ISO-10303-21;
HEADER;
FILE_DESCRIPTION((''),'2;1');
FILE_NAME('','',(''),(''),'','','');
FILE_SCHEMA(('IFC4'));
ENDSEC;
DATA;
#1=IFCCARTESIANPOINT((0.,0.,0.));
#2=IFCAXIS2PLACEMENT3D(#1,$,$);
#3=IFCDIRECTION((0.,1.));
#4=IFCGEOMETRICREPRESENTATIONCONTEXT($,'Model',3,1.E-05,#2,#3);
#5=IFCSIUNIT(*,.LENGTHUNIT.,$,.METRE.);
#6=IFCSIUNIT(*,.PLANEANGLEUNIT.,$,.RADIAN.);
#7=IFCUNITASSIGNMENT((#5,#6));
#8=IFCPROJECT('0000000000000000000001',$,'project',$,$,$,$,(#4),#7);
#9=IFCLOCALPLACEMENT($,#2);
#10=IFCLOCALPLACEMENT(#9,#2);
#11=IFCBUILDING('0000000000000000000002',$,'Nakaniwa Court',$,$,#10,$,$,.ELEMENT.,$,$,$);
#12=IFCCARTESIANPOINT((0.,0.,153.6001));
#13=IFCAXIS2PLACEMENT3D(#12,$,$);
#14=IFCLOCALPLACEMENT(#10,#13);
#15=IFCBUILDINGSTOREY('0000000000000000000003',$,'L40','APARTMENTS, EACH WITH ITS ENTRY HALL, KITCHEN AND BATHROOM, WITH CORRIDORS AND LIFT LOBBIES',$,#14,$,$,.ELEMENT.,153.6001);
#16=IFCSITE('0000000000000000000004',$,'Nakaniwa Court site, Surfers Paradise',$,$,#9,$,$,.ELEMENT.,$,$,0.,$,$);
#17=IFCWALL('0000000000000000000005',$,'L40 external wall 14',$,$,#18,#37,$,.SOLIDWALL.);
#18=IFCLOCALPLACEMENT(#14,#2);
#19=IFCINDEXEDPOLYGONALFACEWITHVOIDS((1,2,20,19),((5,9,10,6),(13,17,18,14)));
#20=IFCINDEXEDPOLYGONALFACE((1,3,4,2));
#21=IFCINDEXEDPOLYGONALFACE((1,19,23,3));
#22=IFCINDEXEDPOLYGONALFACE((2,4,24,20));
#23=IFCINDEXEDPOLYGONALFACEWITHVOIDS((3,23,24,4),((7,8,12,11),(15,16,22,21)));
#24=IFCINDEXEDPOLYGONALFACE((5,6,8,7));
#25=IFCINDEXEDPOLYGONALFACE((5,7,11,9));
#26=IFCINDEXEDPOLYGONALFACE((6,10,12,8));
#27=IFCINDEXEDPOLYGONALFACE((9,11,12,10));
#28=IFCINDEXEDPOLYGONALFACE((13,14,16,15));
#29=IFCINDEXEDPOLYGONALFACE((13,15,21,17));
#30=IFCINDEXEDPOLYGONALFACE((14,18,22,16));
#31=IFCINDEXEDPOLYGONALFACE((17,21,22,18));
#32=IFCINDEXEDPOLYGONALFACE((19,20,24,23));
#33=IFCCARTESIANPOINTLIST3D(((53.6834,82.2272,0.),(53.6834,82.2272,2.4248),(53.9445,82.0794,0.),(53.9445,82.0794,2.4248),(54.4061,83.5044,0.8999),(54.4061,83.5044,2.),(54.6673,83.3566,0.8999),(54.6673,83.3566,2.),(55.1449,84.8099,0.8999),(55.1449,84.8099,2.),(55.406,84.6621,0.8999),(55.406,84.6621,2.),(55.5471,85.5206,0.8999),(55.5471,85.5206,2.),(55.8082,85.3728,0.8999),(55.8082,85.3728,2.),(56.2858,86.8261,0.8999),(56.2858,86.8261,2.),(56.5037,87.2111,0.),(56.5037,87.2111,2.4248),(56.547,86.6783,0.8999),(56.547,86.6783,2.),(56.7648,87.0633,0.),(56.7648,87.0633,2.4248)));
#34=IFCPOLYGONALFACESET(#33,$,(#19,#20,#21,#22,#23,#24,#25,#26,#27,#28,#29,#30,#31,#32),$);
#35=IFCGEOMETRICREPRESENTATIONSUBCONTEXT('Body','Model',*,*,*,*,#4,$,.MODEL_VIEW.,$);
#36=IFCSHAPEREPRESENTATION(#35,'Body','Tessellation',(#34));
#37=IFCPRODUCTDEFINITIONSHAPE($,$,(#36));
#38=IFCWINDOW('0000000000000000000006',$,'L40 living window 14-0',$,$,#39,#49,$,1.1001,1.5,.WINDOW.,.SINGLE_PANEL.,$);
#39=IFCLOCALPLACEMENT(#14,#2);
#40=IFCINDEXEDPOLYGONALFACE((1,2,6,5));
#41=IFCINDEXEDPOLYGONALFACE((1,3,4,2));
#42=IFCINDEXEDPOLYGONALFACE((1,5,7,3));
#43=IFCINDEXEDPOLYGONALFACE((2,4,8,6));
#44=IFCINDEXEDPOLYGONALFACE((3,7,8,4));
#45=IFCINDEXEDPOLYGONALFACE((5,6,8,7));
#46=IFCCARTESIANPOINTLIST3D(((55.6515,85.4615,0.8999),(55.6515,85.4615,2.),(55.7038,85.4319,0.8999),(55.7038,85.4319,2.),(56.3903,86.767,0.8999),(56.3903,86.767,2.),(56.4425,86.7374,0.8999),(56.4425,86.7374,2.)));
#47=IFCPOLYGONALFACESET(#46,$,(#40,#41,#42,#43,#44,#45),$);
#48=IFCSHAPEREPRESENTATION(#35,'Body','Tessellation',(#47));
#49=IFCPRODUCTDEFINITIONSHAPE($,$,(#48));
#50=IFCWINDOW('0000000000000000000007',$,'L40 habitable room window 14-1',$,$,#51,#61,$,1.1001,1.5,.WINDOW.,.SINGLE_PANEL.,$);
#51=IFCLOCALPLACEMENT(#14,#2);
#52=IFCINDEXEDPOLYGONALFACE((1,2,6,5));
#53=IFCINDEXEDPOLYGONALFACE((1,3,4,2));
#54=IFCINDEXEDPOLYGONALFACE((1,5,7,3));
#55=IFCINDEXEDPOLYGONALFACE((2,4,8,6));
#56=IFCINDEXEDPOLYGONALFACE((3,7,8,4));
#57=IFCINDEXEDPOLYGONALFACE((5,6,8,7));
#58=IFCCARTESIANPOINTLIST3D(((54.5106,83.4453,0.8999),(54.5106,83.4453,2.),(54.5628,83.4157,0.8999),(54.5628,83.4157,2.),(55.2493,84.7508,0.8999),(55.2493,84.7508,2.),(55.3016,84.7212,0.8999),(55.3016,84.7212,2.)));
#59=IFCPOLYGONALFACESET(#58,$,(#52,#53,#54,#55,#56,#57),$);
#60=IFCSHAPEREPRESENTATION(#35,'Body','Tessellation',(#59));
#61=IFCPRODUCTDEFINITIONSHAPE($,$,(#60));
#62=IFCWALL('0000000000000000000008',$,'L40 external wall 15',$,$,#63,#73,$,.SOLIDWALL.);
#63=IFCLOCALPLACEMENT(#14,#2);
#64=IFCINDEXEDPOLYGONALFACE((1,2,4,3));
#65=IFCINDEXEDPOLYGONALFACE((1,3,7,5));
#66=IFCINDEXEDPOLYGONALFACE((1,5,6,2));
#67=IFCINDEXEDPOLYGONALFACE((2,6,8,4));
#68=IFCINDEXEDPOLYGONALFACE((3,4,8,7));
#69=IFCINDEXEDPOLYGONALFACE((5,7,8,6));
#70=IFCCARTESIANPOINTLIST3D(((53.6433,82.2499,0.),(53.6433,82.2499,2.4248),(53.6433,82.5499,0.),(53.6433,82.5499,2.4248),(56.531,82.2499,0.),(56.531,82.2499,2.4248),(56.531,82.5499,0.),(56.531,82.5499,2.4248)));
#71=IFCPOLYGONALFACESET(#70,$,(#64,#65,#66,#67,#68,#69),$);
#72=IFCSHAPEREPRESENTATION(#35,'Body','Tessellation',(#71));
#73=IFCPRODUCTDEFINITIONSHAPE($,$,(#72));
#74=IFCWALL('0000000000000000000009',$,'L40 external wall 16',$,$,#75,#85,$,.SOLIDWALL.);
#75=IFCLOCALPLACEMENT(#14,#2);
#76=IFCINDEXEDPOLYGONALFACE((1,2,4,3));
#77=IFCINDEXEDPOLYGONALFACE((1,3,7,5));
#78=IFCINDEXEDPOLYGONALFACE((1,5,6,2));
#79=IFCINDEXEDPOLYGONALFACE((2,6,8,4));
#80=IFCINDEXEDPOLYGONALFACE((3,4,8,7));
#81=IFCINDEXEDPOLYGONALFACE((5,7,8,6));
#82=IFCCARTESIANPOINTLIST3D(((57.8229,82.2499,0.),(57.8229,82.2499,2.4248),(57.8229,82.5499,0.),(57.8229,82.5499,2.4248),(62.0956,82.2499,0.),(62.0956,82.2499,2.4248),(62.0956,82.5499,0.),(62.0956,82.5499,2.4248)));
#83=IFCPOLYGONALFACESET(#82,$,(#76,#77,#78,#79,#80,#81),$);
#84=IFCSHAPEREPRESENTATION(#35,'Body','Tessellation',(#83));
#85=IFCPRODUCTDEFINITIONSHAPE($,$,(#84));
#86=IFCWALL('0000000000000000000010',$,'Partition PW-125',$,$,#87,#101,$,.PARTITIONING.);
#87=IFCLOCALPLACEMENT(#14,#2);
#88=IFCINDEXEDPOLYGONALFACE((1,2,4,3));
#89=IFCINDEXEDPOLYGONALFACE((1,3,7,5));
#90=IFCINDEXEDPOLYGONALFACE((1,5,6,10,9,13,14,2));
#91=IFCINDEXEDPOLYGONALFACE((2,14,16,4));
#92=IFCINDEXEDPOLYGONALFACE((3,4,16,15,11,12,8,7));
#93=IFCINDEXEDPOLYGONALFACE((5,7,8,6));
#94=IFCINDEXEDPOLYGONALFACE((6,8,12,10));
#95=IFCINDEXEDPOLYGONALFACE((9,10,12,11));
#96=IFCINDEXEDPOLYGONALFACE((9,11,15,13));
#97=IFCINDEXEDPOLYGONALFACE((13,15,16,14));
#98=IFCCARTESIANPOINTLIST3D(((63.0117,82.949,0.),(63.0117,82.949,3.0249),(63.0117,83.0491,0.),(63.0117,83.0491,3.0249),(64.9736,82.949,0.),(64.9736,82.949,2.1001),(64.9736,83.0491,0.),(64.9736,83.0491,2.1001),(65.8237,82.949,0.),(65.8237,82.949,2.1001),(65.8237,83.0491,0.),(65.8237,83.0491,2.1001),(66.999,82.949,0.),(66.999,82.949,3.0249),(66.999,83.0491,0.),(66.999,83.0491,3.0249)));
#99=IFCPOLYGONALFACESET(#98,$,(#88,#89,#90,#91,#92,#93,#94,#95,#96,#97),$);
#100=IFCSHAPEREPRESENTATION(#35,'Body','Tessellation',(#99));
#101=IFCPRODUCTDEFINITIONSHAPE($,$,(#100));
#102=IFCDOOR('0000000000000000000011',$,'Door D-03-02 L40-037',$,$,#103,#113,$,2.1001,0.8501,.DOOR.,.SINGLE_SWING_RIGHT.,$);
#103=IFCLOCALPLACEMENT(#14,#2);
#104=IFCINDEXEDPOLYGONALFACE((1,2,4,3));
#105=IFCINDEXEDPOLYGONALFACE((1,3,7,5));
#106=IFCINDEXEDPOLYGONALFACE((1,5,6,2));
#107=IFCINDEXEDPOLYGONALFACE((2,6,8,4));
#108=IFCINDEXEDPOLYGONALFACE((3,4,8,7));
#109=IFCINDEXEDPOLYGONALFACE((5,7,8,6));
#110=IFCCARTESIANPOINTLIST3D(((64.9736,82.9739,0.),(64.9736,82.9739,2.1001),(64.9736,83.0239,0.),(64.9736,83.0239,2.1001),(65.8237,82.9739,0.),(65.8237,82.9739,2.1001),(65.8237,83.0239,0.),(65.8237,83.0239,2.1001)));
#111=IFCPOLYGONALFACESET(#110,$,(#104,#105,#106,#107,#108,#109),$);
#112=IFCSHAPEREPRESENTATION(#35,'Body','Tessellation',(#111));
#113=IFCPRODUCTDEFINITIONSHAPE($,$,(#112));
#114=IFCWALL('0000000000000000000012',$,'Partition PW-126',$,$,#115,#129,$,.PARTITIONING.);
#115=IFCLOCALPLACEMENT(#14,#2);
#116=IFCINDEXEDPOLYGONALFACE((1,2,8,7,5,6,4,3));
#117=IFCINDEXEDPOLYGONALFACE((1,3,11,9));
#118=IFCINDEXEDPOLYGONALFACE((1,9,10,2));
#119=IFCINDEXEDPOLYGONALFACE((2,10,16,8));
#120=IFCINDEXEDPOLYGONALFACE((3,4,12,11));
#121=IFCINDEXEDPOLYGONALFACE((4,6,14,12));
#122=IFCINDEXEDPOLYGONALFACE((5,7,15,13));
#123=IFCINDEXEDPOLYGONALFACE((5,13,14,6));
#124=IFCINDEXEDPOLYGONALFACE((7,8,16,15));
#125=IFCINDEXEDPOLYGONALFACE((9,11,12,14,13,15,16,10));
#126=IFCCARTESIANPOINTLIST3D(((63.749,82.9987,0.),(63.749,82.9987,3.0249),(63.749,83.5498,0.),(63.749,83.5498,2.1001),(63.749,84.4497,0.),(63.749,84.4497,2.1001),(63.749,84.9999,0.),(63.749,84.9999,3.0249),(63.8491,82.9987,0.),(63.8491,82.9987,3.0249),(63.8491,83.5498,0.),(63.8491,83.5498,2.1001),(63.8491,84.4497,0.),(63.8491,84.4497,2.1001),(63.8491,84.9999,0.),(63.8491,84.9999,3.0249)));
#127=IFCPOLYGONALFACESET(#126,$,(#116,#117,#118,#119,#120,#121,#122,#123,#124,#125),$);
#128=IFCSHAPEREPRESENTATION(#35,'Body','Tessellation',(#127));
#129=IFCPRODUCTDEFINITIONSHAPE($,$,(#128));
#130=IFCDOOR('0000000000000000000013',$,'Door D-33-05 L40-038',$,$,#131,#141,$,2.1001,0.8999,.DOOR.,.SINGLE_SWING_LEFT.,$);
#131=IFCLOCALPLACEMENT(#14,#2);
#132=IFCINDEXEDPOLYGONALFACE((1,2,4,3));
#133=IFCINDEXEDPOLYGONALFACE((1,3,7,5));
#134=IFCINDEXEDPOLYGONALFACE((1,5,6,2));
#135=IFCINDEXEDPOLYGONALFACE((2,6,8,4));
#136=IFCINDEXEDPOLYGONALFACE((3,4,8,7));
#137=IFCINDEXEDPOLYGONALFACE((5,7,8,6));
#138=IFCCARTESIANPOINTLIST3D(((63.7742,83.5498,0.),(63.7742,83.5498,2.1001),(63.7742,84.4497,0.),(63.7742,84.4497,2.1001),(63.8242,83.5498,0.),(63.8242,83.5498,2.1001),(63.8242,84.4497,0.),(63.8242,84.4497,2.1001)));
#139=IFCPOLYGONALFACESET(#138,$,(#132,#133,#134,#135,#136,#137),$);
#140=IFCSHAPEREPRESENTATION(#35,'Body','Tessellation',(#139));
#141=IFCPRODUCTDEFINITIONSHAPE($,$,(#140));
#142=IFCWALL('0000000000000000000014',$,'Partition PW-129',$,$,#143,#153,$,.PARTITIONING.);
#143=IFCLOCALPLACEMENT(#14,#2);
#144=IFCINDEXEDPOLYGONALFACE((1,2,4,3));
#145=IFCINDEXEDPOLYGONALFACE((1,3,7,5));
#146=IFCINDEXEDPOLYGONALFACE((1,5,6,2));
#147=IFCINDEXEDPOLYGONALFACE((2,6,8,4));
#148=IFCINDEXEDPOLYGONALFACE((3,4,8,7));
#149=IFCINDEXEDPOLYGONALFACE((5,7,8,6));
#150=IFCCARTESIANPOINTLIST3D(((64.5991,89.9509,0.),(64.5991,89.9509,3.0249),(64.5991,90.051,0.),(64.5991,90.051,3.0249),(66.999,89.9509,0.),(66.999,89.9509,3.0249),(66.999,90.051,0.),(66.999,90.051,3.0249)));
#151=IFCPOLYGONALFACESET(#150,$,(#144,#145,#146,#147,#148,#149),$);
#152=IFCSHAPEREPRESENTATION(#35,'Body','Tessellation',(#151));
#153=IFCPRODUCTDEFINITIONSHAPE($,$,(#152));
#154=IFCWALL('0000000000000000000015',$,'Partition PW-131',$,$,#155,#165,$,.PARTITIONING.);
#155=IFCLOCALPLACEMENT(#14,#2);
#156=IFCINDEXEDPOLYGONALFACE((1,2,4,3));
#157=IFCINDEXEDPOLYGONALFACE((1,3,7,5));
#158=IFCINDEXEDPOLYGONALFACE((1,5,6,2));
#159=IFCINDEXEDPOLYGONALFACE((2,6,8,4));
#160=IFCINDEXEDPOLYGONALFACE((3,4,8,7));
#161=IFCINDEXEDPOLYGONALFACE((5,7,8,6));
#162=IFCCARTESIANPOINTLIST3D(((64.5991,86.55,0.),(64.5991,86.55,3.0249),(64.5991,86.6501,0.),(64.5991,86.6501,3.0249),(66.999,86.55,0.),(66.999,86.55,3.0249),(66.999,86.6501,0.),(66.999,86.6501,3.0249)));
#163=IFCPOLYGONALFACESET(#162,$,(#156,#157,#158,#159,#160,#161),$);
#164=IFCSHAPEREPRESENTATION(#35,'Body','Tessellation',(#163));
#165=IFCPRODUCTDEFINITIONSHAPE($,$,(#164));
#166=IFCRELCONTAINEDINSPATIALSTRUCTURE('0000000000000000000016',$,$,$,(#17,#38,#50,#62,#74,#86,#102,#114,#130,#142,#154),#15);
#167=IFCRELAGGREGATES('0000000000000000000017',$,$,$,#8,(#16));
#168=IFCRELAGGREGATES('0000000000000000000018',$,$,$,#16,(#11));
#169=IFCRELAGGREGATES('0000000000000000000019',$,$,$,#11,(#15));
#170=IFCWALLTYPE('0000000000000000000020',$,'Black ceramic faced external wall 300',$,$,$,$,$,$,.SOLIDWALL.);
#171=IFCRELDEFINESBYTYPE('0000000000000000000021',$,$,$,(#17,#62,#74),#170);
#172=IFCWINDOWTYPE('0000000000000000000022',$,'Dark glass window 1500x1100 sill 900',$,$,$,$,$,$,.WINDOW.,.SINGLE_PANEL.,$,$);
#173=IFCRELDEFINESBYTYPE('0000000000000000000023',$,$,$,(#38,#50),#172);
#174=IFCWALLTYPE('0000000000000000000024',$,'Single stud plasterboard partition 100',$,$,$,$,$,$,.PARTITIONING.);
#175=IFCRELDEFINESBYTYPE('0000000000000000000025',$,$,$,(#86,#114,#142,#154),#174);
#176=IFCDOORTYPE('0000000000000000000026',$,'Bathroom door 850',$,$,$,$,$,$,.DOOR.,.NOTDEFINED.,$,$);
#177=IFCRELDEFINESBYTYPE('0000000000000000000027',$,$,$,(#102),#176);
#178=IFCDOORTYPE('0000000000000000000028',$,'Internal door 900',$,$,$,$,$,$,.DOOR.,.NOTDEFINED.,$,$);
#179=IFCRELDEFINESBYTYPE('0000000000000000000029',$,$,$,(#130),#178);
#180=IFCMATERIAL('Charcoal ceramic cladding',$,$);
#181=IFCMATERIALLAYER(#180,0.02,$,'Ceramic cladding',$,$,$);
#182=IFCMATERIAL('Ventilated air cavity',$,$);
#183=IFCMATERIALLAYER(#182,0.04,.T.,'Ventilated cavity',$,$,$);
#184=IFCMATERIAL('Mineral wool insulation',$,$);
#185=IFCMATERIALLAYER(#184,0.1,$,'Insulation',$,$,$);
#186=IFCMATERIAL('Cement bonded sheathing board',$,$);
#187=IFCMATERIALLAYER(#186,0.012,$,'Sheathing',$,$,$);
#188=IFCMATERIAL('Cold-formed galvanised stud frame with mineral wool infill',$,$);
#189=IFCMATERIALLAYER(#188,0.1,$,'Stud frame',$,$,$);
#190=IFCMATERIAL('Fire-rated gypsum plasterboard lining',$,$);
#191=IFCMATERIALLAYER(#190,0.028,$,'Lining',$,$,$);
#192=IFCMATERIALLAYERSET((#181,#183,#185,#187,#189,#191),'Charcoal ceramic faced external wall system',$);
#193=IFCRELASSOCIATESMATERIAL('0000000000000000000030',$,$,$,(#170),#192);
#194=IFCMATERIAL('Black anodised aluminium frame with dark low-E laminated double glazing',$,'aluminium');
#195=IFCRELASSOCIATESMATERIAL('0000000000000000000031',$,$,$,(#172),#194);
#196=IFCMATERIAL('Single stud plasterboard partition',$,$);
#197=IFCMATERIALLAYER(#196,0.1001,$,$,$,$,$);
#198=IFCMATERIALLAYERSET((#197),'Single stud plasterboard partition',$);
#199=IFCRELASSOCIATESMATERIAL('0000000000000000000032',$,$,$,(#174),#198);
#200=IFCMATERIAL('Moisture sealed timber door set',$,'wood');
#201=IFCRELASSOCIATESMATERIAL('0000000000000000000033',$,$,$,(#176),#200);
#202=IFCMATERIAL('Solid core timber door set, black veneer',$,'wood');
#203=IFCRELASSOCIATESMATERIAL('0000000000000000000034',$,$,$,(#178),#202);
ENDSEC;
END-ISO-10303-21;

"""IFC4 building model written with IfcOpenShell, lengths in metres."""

from ifc_helpers import new_model, si_unit, direction, frame, frame_2d, origin, place, context, subcontext, project, spatial, rectangle, extrude, material, layer, layer_set, type_object, element, fill, save


model = new_model("IFC4")

# Units and contexts
model_context = context("Model", 3, precision=1e-05, world=origin(), true_north=direction((0.0, 1.0)))
body_context = subcontext(model_context, "Body", "Model", "MODEL_VIEW")
ifc_project = project(units=[si_unit("LENGTHUNIT", "METRE"), si_unit("PLANEANGLEUNIT", "RADIAN")], contexts=[model_context])

# Site, building, storey
site_placement = place(None, origin())
site = spatial("IfcSite", under=ifc_project, at=site_placement, Name="Nakaniwa Court site, Surfers Paradise", CompositionType="ELEMENT", RefElevation=0.0)
building_placement = place(site_placement, origin())
building = spatial("IfcBuilding", under=site, at=building_placement, Name="Nakaniwa Court", CompositionType="ELEMENT")
storey_placement = place(building_placement, frame((0.0, 0.0, 153.6001)))
storey = spatial("IfcBuildingStorey", under=building, at=storey_placement, Name="L40", Description="APARTMENTS, EACH WITH ITS ENTRY HALL, KITCHEN AND BATHROOM, WITH CORRIDORS AND LIFT LOBBIES", CompositionType="ELEMENT", Elevation=153.6001)

# Shared definitions
ifc_material_1 = material(Name="Solid core timber door set, black veneer", Category="wood")

# Shared definitions
ifc_material_2 = material(Name="Charcoal ceramic cladding")
ifc_layer_1 = layer(ifc_material_2, 0.02, Name="Ceramic cladding")
ifc_material_3 = material(Name="Ventilated air cavity")
ifc_layer_2 = layer(ifc_material_3, 0.04, ventilated=True, Name="Ventilated cavity")
ifc_material_4 = material(Name="Mineral wool insulation")
ifc_layer_3 = layer(ifc_material_4, 0.1, Name="Insulation")
ifc_material_5 = material(Name="Cement bonded sheathing board")
ifc_layer_4 = layer(ifc_material_5, 0.012, Name="Sheathing")
ifc_material_6 = material(Name="Cold-formed galvanised stud frame with mineral wool infill")
ifc_layer_5 = layer(ifc_material_6, 0.1, Name="Stud frame")
ifc_material_7 = material(Name="Fire-rated gypsum plasterboard lining")
ifc_layer_6 = layer(ifc_material_7, 0.028, Name="Lining")
ifc_layer_set_1 = layer_set([ifc_layer_1, ifc_layer_2, ifc_layer_3, ifc_layer_4, ifc_layer_5, ifc_layer_6], Name="Charcoal ceramic faced external wall system")
wall_type_1 = type_object("IfcWallType", Name="Black ceramic faced external wall 300", PredefinedType="SOLIDWALL", material=ifc_layer_set_1)

# Wall, openings, windows
wall_1_placement = place(storey_placement, frame((56.6343, 87.1372, 0.0), z_axis=(0.0, 0.0, 1.0), x_axis=(-0.492498, -0.870313, 0.0)))
wall_1 = element("IfcWall", 1, at=wall_1_placement, inside=storey, type_object=wall_type_1, Name="L40 external wall 14", PredefinedType="SOLIDWALL", context=body_context, shape_type="SweptSolid", body=[
    extrude(rectangle(XDim=5.7266, YDim=0.3, at=frame_2d((2.8633, 0.0))), origin(), (0.0, 0.0, 1.0), 2.4248),
])
opening_1_placement = place(wall_1_placement, frame((0.4424, 0.0, 0.8999)))
opening_1 = element("IfcOpeningElement", 2, at=opening_1_placement, cuts=wall_1, PredefinedType="OPENING", context=body_context, shape_type="SweptSolid", body=[
    extrude(rectangle(XDim=1.5, YDim=1.1001, at=frame_2d((0.75, 0.55))), frame((0.0, 0.1599, 0.0), z_axis=(0.0, -1.0, 0.0), x_axis=(1.0, 0.0, 0.0)), (0.0, 0.0, 1.0), 0.3201),
])
opening_2_placement = place(wall_1_placement, frame((2.759, 0.0, 0.8999)))
opening_2 = element("IfcOpeningElement", 3, at=opening_2_placement, cuts=wall_1, PredefinedType="OPENING", context=body_context, shape_type="SweptSolid", body=[
    extrude(rectangle(XDim=1.5, YDim=1.1001, at=frame_2d((0.75, 0.55))), frame((0.0, 0.1599, 0.0), z_axis=(0.0, -1.0, 0.0), x_axis=(1.0, 0.0, 0.0)), (0.0, 0.0, 1.0), 0.3201),
])
ifc_material_8 = material(Name="Black anodised aluminium frame with dark low-E laminated double glazing", Category="aluminium")
window_type = type_object("IfcWindowType", Name="Dark glass window 1500x1100 sill 900", PartitioningType="SINGLE_PANEL", PredefinedType="WINDOW", material=ifc_material_8)
window_1_placement = place(opening_1_placement, origin())
window_1 = element("IfcWindow", 4, at=window_1_placement, inside=storey, type_object=window_type, Name="L40 living window 14-0", OverallHeight=1.1001, OverallWidth=1.5, PartitioningType="SINGLE_PANEL", PredefinedType="WINDOW", context=body_context, shape_type="SweptSolid", body=[
    extrude(rectangle(XDim=1.5, YDim=1.1001, at=frame_2d((0.75, 0.55))), frame((0.0, 0.03, 0.0), z_axis=(0.0, -1.0, 0.0), x_axis=(1.0, 0.0, 0.0)), (0.0, 0.0, 1.0), 0.0601),
])
fill(opening_1, window_1)
window_2_placement = place(opening_2_placement, origin())
window_2 = element("IfcWindow", 5, at=window_2_placement, inside=storey, type_object=window_type, Name="L40 habitable room window 14-1", OverallHeight=1.1001, OverallWidth=1.5, PartitioningType="SINGLE_PANEL", PredefinedType="WINDOW", context=body_context, shape_type="SweptSolid", body=[
    extrude(rectangle(XDim=1.5, YDim=1.1001, at=frame_2d((0.75, 0.55))), frame((0.0, 0.03, 0.0), z_axis=(0.0, -1.0, 0.0), x_axis=(1.0, 0.0, 0.0)), (0.0, 0.0, 1.0), 0.0601),
])
fill(opening_2, window_2)

# Walls
wall_2_placement = place(storey_placement, frame((53.6433, 82.3999, 0.0), z_axis=(0.0, 0.0, 1.0), x_axis=(1.0, 0.0, 0.0)))
element("IfcWall", 6, at=wall_2_placement, inside=storey, type_object=wall_type_1, Name="L40 external wall 15", PredefinedType="SOLIDWALL", context=body_context, shape_type="SweptSolid", body=[
    extrude(rectangle(XDim=2.8877, YDim=0.3, at=frame_2d((1.4438, 0.0))), origin(), (0.0, 0.0, 1.0), 2.4248),
])
wall_3_placement = place(storey_placement, frame((57.823, 82.3999, 0.0), z_axis=(0.0, 0.0, 1.0), x_axis=(1.0, 0.0, 0.0)))
element("IfcWall", 7, at=wall_3_placement, inside=storey, type_object=wall_type_1, Name="L40 external wall 16", PredefinedType="SOLIDWALL", context=body_context, shape_type="SweptSolid", body=[
    extrude(rectangle(XDim=4.2727, YDim=0.3, at=frame_2d((2.1362, 0.0))), origin(), (0.0, 0.0, 1.0), 2.4248),
])

# Walls, openings, doors
ifc_material_9 = material(Name="Single stud plasterboard partition")
ifc_layer_7 = layer(ifc_material_9, 0.1001)
ifc_layer_set_2 = layer_set([ifc_layer_7], Name="Single stud plasterboard partition")
wall_type_2 = type_object("IfcWallType", Name="Single stud plasterboard partition 100", PredefinedType="PARTITIONING", material=ifc_layer_set_2)
wall_4_placement = place(storey_placement, frame((63.0117, 82.999, 0.0), z_axis=(0.0, 0.0, 1.0), x_axis=(1.0, 0.0, 0.0)))
wall_4 = element("IfcWall", 8, at=wall_4_placement, inside=storey, type_object=wall_type_2, Name="Partition PW-125", PredefinedType="PARTITIONING", context=body_context, shape_type="SweptSolid", body=[
    extrude(rectangle(XDim=3.9873, YDim=0.1001, at=frame_2d((1.9937, 0.0))), origin(), (0.0, 0.0, 1.0), 3.0249),
])
opening_3_placement = place(wall_4_placement, frame((1.9619, 0.0, 0.0)))
opening_3 = element("IfcOpeningElement", 9, at=opening_3_placement, cuts=wall_4, PredefinedType="OPENING", context=body_context, shape_type="SweptSolid", body=[
    extrude(rectangle(XDim=0.8501, YDim=2.1001, at=frame_2d((0.425, 1.05))), frame((0.0, 0.0601, 0.0), z_axis=(0.0, -1.0, 0.0), x_axis=(1.0, 0.0, 0.0)), (0.0, 0.0, 1.0), 0.1201),
])
ifc_material_10 = material(Name="Moisture sealed timber door set", Category="wood")
door_type_1 = type_object("IfcDoorType", Name="Bathroom door 850", OperationType="NOTDEFINED", PredefinedType="DOOR", material=ifc_material_10)
door_1_placement = place(opening_3_placement, origin())
door_1 = element("IfcDoor", 10, at=door_1_placement, inside=storey, type_object=door_type_1, Name="Door D-03-02 L40-037", OperationType="SINGLE_SWING_RIGHT", OverallHeight=2.1001, OverallWidth=0.8501, PredefinedType="DOOR", context=body_context, shape_type="SweptSolid", body=[
    extrude(rectangle(XDim=0.8501, YDim=2.1001, at=frame_2d((0.425, 1.05))), frame((0.0, 0.0249, 0.0), z_axis=(0.0, -1.0, 0.0), x_axis=(1.0, 0.0, 0.0)), (0.0, 0.0, 1.0), 0.05),
])
fill(opening_3, door_1)
wall_5_placement = place(storey_placement, frame((63.7991, 82.9988, 0.0), z_axis=(0.0, 0.0, 1.0), x_axis=(0.0, 1.0, 0.0)))
wall_5 = element("IfcWall", 11, at=wall_5_placement, inside=storey, type_object=wall_type_2, Name="Partition PW-126", PredefinedType="PARTITIONING", context=body_context, shape_type="SweptSolid", body=[
    extrude(rectangle(XDim=2.0012, YDim=0.1001, at=frame_2d((1.0005, 0.0))), origin(), (0.0, 0.0, 1.0), 3.0249),
])
opening_4_placement = place(wall_5_placement, frame((0.551, 0.0, 0.0)))
opening_4 = element("IfcOpeningElement", 12, at=opening_4_placement, cuts=wall_5, PredefinedType="OPENING", context=body_context, shape_type="SweptSolid", body=[
    extrude(rectangle(XDim=0.8999, YDim=2.1001, at=frame_2d((0.45, 1.05))), frame((0.0, 0.0601, 0.0), z_axis=(0.0, -1.0, 0.0), x_axis=(1.0, 0.0, 0.0)), (0.0, 0.0, 1.0), 0.1201),
])
door_type_2 = type_object("IfcDoorType", Name="Internal door 900", OperationType="NOTDEFINED", PredefinedType="DOOR", material=ifc_material_1)
door_2_placement = place(opening_4_placement, origin())
door_2 = element("IfcDoor", 13, at=door_2_placement, inside=storey, type_object=door_type_2, Name="Door D-33-05 L40-038", OperationType="SINGLE_SWING_LEFT", OverallHeight=2.1001, OverallWidth=0.8999, PredefinedType="DOOR", context=body_context, shape_type="SweptSolid", body=[
    extrude(rectangle(XDim=0.8999, YDim=2.1001, at=frame_2d((0.45, 1.05))), frame((0.0, 0.0249, 0.0), z_axis=(0.0, -1.0, 0.0), x_axis=(1.0, 0.0, 0.0)), (0.0, 0.0, 1.0), 0.05),
])
fill(opening_4, door_2)

# Walls
for number, where, z_axis, x_axis, name in (
    (14, (64.5991, 90.001, 0.0), (0.0, 0.0, 1.0), (1.0, 0.0, 0.0), "Partition PW-129"),
    (15, (64.5991, 86.6001, 0.0), (0.0, 0.0, 1.0), (1.0, 0.0, 0.0), "Partition PW-131"),
):
    element("IfcWall", number, at=place(storey_placement, frame(where, z_axis=z_axis, x_axis=x_axis)), inside=storey, type_object=wall_type_2, Name=name, PredefinedType="PARTITIONING", context=body_context, shape_type="SweptSolid", body=[
        extrude(rectangle(XDim=2.3999, YDim=0.1001, at=frame_2d((1.2, 0.0))), origin(), (0.0, 0.0, 1.0), 3.0249),
    ])

save(model, "model.ifc")
